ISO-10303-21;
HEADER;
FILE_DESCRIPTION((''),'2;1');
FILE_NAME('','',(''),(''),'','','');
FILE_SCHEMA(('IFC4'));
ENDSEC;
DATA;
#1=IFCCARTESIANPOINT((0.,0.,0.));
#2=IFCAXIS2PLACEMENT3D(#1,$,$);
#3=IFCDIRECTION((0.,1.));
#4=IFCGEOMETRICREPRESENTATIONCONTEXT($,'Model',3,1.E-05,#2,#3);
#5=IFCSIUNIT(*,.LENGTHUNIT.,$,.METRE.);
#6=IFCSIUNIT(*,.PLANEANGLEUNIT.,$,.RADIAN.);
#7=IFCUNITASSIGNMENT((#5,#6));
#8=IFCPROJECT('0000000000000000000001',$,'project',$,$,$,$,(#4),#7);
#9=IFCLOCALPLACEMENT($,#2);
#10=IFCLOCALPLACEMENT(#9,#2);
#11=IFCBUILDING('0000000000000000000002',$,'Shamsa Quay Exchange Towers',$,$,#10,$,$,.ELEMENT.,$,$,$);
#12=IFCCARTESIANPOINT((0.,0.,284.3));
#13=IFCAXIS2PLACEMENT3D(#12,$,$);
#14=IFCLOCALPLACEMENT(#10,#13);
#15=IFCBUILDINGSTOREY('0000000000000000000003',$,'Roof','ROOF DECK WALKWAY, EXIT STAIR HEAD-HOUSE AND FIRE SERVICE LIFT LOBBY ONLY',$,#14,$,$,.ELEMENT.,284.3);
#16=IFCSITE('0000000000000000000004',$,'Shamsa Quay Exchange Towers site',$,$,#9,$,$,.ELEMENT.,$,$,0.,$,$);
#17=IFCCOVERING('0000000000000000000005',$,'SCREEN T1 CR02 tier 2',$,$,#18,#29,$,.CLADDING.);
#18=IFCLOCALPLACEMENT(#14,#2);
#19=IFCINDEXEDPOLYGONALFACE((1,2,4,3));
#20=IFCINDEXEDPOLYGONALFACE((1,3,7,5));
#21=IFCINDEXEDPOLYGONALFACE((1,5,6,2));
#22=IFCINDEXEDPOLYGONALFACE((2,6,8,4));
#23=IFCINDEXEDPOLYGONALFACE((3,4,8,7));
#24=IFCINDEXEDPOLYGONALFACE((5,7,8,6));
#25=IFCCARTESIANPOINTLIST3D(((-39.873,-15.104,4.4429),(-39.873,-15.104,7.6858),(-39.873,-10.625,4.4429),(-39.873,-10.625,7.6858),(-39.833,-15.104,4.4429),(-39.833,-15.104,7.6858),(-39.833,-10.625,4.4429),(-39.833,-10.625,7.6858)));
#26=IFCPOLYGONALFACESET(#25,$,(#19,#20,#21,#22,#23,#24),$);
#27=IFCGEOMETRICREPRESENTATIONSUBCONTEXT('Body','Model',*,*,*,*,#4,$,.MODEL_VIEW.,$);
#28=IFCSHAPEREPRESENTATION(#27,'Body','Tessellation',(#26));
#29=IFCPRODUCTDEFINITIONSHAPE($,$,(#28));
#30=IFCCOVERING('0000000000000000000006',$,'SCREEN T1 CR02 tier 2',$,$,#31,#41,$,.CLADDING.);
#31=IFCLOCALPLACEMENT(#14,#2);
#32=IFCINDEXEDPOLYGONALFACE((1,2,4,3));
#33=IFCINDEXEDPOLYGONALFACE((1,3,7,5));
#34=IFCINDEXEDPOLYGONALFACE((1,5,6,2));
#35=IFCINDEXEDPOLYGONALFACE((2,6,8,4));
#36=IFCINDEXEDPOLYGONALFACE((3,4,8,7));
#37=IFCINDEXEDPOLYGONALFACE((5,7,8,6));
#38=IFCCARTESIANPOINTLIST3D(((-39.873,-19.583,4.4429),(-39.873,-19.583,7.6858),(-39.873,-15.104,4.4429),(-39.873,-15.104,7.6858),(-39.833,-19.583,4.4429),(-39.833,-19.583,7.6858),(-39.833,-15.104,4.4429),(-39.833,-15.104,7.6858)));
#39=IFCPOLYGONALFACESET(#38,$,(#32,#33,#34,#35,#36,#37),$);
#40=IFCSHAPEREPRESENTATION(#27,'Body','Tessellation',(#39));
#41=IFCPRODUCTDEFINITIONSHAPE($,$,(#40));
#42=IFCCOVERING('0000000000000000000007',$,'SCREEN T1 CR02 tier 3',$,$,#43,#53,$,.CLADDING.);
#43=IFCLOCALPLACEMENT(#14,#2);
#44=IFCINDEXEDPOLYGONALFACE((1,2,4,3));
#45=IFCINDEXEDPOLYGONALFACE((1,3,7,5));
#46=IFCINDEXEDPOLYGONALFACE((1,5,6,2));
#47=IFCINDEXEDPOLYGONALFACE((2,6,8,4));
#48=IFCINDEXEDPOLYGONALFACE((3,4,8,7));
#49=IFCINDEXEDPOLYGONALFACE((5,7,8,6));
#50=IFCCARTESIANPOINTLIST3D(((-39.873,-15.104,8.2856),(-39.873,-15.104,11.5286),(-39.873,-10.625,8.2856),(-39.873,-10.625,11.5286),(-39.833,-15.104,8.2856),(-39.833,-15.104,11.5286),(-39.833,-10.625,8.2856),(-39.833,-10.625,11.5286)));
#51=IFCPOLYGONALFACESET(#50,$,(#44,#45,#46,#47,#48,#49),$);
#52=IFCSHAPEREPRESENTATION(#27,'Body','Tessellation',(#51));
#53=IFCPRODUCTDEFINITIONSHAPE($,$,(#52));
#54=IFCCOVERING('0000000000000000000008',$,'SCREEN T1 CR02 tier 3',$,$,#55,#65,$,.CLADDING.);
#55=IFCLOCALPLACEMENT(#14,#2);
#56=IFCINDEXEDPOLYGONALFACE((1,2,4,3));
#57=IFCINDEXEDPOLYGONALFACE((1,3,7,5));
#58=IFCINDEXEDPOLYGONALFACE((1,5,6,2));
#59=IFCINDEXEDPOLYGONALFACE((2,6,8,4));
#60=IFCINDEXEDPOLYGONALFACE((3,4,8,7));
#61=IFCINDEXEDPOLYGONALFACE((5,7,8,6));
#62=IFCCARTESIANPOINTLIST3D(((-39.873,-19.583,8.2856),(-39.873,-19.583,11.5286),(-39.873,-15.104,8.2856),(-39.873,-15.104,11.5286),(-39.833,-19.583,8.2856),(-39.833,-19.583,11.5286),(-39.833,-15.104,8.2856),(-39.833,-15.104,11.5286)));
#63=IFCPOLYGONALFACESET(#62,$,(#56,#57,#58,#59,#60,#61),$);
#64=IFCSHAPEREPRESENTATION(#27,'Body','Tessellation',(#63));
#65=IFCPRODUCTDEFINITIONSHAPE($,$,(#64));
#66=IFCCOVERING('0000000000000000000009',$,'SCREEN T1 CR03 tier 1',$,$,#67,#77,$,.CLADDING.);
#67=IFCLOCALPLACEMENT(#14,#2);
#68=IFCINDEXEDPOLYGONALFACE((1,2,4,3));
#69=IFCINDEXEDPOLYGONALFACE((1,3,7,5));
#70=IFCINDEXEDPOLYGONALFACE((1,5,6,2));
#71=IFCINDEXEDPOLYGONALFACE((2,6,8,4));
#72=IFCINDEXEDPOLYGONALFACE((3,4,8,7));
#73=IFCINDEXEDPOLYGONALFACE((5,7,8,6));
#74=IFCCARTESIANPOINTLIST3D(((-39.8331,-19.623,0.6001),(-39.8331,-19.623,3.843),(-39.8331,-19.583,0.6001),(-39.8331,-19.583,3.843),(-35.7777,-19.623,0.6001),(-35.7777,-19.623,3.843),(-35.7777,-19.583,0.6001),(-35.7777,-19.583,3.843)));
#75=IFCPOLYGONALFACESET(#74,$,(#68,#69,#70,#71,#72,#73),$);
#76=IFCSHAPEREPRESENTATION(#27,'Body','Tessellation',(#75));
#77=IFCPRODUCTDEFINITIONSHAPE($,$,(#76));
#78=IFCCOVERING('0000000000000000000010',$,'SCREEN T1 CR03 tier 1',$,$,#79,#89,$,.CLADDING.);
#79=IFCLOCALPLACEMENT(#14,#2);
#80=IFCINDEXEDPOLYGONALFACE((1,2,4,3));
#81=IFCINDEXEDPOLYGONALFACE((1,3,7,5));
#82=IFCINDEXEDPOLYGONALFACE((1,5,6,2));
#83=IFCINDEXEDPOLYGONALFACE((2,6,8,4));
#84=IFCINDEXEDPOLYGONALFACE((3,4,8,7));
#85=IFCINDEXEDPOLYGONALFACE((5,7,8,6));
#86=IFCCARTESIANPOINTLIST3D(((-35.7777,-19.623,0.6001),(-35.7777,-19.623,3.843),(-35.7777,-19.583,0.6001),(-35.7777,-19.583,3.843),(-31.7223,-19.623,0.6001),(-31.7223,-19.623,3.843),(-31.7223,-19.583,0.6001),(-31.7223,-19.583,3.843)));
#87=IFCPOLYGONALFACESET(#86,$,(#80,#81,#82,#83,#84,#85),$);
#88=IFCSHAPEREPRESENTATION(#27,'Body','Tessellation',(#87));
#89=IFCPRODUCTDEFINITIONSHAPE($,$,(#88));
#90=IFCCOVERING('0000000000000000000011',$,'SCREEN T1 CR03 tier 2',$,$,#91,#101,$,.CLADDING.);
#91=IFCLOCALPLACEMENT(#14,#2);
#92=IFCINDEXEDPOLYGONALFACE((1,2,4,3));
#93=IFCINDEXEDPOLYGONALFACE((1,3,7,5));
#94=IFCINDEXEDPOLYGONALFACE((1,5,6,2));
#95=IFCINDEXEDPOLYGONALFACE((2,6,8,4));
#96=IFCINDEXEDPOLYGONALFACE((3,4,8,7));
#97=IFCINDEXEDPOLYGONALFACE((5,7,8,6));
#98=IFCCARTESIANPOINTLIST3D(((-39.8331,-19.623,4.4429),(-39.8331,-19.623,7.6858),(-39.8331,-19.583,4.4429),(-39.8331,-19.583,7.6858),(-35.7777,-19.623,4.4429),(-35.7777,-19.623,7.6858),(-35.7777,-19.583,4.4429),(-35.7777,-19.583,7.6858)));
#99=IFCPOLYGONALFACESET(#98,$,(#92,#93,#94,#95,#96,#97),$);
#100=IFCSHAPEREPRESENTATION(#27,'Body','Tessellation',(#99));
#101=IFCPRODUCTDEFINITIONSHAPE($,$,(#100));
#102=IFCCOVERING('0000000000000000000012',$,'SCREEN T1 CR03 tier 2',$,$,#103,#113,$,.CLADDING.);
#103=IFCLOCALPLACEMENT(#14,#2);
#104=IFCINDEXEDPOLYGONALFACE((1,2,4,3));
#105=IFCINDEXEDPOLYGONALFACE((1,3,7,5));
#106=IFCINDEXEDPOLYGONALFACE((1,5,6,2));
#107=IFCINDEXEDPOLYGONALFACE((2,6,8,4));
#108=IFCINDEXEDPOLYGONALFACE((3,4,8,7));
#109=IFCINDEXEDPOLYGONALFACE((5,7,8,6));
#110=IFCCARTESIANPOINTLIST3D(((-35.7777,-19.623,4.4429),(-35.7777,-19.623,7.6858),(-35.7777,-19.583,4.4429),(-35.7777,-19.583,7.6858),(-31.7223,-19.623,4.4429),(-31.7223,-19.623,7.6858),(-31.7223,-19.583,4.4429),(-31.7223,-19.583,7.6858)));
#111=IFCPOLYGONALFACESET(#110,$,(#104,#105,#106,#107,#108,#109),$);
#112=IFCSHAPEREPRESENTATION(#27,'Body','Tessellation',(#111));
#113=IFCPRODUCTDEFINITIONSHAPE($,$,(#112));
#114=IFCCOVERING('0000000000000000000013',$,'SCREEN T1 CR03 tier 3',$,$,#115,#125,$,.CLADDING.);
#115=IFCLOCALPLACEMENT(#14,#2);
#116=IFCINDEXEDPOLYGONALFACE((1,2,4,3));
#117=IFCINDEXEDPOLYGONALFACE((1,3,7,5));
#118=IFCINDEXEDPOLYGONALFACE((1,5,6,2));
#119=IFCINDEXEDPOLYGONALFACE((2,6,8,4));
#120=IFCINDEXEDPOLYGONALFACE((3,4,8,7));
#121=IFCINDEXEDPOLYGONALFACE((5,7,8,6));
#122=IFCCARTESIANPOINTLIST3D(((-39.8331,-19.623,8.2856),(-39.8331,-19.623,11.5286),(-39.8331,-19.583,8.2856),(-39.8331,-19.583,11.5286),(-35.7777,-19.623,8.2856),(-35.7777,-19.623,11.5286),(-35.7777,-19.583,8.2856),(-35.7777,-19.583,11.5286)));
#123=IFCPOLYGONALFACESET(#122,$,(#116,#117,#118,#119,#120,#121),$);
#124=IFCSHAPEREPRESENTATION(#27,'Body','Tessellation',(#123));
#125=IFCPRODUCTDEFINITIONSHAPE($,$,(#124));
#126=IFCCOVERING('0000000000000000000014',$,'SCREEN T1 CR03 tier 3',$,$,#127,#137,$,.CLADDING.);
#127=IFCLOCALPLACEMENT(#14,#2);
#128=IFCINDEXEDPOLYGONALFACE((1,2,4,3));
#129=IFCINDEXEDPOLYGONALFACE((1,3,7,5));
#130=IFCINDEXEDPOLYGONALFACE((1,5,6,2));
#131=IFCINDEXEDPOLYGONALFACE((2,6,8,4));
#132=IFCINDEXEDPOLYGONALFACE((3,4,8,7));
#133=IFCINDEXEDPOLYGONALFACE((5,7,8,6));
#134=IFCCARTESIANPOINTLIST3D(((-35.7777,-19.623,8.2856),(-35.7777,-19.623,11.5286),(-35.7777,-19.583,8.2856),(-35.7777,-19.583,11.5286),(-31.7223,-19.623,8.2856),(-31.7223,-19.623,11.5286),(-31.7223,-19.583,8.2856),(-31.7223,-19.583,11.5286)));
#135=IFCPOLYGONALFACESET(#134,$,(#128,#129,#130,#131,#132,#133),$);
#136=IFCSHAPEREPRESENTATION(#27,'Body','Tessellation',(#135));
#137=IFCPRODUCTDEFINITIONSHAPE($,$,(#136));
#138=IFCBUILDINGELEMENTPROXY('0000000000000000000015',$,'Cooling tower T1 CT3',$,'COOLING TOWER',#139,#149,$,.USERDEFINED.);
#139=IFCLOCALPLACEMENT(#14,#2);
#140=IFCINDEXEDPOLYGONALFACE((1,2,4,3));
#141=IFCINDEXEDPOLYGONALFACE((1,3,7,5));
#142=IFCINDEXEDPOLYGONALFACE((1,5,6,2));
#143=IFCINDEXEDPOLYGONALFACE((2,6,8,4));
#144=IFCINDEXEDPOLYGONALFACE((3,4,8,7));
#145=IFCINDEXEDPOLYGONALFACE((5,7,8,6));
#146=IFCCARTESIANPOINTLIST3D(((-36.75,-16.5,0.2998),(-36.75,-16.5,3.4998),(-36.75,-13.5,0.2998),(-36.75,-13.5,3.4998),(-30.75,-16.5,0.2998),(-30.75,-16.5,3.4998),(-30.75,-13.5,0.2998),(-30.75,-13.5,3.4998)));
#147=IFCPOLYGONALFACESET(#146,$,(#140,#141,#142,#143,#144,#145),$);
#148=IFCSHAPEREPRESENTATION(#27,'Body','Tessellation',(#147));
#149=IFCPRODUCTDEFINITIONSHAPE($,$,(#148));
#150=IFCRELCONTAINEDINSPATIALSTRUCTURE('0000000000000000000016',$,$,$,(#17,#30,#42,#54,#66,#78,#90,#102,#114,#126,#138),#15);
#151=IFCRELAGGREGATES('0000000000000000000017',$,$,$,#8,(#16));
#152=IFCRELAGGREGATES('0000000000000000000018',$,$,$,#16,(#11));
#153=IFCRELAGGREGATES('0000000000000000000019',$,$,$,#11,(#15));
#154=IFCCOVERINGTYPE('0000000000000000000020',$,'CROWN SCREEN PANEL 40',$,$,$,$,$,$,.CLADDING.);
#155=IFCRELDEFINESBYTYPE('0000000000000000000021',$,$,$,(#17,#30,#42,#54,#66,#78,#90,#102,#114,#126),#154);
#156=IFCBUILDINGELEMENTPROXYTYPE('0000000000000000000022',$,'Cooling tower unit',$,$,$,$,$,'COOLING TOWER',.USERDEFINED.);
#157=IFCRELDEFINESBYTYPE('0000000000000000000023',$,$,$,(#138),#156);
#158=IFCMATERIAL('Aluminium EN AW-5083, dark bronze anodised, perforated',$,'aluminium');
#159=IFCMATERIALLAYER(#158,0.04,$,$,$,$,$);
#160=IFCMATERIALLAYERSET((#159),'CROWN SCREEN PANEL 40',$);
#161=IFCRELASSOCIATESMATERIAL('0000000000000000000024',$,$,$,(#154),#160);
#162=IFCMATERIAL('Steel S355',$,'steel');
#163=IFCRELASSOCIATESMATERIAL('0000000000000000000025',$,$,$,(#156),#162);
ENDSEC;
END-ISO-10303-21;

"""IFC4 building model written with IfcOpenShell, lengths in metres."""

from ifc_helpers import new_model, si_unit, direction, frame, origin, origin_2d, place, context, subcontext, project, spatial, rectangle, extrude, material, layer, layer_set, type_object, element, save


model = new_model("IFC4")

# Units and contexts
model_context = context("Model", 3, precision=1e-05, world=origin(), true_north=direction((0.0, 1.0)))
body_context = subcontext(model_context, "Body", "Model", "MODEL_VIEW")
ifc_project = project(units=[si_unit("LENGTHUNIT", "METRE"), si_unit("PLANEANGLEUNIT", "RADIAN")], contexts=[model_context])

# Site, building, storey
site_placement = place(None, origin())
site = spatial("IfcSite", under=ifc_project, at=site_placement, Name="Shamsa Quay Exchange Towers site", CompositionType="ELEMENT", RefElevation=0.0)
building_placement = place(site_placement, origin())
building = spatial("IfcBuilding", under=site, at=building_placement, Name="Shamsa Quay Exchange Towers", CompositionType="ELEMENT")
storey_placement = place(building_placement, frame((0.0, 0.0, 284.3)))
storey = spatial("IfcBuildingStorey", under=building, at=storey_placement, Name="Roof", Description="ROOF DECK WALKWAY, EXIT STAIR HEAD-HOUSE AND FIRE SERVICE LIFT LOBBY ONLY", CompositionType="ELEMENT", Elevation=284.3)

# Shared definitions
ifc_material_1 = material(Name="Steel S355", Category="steel")

# Coverings
ifc_material_2 = material(Name="Aluminium EN AW-5083, dark bronze anodised, perforated", Category="aluminium")
ifc_layer_1 = layer(ifc_material_2, 0.04)
ifc_layer_set_1 = layer_set([ifc_layer_1], Name="CROWN SCREEN PANEL 40")
covering_type = type_object("IfcCoveringType", Name="CROWN SCREEN PANEL 40", PredefinedType="CLADDING", material=ifc_layer_set_1)
for number, where, z_axis, x_axis, name in (
    (1, (-39.853, -12.8645, 4.4429), (0.0, 0.0, 1.0), (0.0, -1.0, 0.0), "SCREEN T1 CR02 tier 2"),
    (2, (-39.853, -17.3435, 4.4429), (0.0, 0.0, 1.0), (0.0, -1.0, 0.0), "SCREEN T1 CR02 tier 2"),
    (3, (-39.853, -12.8645, 8.2856), (0.0, 0.0, 1.0), (0.0, -1.0, 0.0), "SCREEN T1 CR02 tier 3"),
    (4, (-39.853, -17.3435, 8.2856), (0.0, 0.0, 1.0), (0.0, -1.0, 0.0), "SCREEN T1 CR02 tier 3"),
):
    element("IfcCovering", number, at=place(storey_placement, frame(where, z_axis=z_axis, x_axis=x_axis)), inside=storey, type_object=covering_type, Name=name, PredefinedType="CLADDING", context=body_context, shape_type="SweptSolid", body=[
        extrude(rectangle(XDim=4.479, YDim=0.04, at=origin_2d()), origin(), (0.0, 0.0, 1.0), 3.2429),
    ])
for number, where, name in (
    (5, (-37.8054, -19.603, 0.6001), "SCREEN T1 CR03 tier 1"),
    (6, (-33.75, -19.603, 0.6001), "SCREEN T1 CR03 tier 1"),
    (7, (-37.8054, -19.603, 4.4429), "SCREEN T1 CR03 tier 2"),
    (8, (-33.75, -19.603, 4.4429), "SCREEN T1 CR03 tier 2"),
    (9, (-37.8054, -19.603, 8.2856), "SCREEN T1 CR03 tier 3"),
    (10, (-33.75, -19.603, 8.2856), "SCREEN T1 CR03 tier 3"),
):
    element("IfcCovering", number, at=place(storey_placement, frame(where)), inside=storey, type_object=covering_type, Name=name, PredefinedType="CLADDING", context=body_context, shape_type="SweptSolid", body=[
        extrude(rectangle(XDim=4.0554, YDim=0.04, at=origin_2d()), origin(), (0.0, 0.0, 1.0), 3.2429),
    ])

# Building element proxy
building_element_proxy_type = type_object("IfcBuildingElementProxyType", Name="Cooling tower unit", ElementType="COOLING TOWER", PredefinedType="USERDEFINED", material=ifc_material_1)
proxy_placement = place(storey_placement, frame((-33.75, -15.0, 0.2998)))
element("IfcBuildingElementProxy", 11, at=proxy_placement, inside=storey, type_object=building_element_proxy_type, Name="Cooling tower T1 CT3", ObjectType="COOLING TOWER", PredefinedType="USERDEFINED", context=body_context, shape_type="SweptSolid", body=[
    extrude(rectangle(XDim=6.0, YDim=3.0, at=origin_2d()), origin(), (0.0, 0.0, 1.0), 3.2),
])

save(model, "model.ifc")
